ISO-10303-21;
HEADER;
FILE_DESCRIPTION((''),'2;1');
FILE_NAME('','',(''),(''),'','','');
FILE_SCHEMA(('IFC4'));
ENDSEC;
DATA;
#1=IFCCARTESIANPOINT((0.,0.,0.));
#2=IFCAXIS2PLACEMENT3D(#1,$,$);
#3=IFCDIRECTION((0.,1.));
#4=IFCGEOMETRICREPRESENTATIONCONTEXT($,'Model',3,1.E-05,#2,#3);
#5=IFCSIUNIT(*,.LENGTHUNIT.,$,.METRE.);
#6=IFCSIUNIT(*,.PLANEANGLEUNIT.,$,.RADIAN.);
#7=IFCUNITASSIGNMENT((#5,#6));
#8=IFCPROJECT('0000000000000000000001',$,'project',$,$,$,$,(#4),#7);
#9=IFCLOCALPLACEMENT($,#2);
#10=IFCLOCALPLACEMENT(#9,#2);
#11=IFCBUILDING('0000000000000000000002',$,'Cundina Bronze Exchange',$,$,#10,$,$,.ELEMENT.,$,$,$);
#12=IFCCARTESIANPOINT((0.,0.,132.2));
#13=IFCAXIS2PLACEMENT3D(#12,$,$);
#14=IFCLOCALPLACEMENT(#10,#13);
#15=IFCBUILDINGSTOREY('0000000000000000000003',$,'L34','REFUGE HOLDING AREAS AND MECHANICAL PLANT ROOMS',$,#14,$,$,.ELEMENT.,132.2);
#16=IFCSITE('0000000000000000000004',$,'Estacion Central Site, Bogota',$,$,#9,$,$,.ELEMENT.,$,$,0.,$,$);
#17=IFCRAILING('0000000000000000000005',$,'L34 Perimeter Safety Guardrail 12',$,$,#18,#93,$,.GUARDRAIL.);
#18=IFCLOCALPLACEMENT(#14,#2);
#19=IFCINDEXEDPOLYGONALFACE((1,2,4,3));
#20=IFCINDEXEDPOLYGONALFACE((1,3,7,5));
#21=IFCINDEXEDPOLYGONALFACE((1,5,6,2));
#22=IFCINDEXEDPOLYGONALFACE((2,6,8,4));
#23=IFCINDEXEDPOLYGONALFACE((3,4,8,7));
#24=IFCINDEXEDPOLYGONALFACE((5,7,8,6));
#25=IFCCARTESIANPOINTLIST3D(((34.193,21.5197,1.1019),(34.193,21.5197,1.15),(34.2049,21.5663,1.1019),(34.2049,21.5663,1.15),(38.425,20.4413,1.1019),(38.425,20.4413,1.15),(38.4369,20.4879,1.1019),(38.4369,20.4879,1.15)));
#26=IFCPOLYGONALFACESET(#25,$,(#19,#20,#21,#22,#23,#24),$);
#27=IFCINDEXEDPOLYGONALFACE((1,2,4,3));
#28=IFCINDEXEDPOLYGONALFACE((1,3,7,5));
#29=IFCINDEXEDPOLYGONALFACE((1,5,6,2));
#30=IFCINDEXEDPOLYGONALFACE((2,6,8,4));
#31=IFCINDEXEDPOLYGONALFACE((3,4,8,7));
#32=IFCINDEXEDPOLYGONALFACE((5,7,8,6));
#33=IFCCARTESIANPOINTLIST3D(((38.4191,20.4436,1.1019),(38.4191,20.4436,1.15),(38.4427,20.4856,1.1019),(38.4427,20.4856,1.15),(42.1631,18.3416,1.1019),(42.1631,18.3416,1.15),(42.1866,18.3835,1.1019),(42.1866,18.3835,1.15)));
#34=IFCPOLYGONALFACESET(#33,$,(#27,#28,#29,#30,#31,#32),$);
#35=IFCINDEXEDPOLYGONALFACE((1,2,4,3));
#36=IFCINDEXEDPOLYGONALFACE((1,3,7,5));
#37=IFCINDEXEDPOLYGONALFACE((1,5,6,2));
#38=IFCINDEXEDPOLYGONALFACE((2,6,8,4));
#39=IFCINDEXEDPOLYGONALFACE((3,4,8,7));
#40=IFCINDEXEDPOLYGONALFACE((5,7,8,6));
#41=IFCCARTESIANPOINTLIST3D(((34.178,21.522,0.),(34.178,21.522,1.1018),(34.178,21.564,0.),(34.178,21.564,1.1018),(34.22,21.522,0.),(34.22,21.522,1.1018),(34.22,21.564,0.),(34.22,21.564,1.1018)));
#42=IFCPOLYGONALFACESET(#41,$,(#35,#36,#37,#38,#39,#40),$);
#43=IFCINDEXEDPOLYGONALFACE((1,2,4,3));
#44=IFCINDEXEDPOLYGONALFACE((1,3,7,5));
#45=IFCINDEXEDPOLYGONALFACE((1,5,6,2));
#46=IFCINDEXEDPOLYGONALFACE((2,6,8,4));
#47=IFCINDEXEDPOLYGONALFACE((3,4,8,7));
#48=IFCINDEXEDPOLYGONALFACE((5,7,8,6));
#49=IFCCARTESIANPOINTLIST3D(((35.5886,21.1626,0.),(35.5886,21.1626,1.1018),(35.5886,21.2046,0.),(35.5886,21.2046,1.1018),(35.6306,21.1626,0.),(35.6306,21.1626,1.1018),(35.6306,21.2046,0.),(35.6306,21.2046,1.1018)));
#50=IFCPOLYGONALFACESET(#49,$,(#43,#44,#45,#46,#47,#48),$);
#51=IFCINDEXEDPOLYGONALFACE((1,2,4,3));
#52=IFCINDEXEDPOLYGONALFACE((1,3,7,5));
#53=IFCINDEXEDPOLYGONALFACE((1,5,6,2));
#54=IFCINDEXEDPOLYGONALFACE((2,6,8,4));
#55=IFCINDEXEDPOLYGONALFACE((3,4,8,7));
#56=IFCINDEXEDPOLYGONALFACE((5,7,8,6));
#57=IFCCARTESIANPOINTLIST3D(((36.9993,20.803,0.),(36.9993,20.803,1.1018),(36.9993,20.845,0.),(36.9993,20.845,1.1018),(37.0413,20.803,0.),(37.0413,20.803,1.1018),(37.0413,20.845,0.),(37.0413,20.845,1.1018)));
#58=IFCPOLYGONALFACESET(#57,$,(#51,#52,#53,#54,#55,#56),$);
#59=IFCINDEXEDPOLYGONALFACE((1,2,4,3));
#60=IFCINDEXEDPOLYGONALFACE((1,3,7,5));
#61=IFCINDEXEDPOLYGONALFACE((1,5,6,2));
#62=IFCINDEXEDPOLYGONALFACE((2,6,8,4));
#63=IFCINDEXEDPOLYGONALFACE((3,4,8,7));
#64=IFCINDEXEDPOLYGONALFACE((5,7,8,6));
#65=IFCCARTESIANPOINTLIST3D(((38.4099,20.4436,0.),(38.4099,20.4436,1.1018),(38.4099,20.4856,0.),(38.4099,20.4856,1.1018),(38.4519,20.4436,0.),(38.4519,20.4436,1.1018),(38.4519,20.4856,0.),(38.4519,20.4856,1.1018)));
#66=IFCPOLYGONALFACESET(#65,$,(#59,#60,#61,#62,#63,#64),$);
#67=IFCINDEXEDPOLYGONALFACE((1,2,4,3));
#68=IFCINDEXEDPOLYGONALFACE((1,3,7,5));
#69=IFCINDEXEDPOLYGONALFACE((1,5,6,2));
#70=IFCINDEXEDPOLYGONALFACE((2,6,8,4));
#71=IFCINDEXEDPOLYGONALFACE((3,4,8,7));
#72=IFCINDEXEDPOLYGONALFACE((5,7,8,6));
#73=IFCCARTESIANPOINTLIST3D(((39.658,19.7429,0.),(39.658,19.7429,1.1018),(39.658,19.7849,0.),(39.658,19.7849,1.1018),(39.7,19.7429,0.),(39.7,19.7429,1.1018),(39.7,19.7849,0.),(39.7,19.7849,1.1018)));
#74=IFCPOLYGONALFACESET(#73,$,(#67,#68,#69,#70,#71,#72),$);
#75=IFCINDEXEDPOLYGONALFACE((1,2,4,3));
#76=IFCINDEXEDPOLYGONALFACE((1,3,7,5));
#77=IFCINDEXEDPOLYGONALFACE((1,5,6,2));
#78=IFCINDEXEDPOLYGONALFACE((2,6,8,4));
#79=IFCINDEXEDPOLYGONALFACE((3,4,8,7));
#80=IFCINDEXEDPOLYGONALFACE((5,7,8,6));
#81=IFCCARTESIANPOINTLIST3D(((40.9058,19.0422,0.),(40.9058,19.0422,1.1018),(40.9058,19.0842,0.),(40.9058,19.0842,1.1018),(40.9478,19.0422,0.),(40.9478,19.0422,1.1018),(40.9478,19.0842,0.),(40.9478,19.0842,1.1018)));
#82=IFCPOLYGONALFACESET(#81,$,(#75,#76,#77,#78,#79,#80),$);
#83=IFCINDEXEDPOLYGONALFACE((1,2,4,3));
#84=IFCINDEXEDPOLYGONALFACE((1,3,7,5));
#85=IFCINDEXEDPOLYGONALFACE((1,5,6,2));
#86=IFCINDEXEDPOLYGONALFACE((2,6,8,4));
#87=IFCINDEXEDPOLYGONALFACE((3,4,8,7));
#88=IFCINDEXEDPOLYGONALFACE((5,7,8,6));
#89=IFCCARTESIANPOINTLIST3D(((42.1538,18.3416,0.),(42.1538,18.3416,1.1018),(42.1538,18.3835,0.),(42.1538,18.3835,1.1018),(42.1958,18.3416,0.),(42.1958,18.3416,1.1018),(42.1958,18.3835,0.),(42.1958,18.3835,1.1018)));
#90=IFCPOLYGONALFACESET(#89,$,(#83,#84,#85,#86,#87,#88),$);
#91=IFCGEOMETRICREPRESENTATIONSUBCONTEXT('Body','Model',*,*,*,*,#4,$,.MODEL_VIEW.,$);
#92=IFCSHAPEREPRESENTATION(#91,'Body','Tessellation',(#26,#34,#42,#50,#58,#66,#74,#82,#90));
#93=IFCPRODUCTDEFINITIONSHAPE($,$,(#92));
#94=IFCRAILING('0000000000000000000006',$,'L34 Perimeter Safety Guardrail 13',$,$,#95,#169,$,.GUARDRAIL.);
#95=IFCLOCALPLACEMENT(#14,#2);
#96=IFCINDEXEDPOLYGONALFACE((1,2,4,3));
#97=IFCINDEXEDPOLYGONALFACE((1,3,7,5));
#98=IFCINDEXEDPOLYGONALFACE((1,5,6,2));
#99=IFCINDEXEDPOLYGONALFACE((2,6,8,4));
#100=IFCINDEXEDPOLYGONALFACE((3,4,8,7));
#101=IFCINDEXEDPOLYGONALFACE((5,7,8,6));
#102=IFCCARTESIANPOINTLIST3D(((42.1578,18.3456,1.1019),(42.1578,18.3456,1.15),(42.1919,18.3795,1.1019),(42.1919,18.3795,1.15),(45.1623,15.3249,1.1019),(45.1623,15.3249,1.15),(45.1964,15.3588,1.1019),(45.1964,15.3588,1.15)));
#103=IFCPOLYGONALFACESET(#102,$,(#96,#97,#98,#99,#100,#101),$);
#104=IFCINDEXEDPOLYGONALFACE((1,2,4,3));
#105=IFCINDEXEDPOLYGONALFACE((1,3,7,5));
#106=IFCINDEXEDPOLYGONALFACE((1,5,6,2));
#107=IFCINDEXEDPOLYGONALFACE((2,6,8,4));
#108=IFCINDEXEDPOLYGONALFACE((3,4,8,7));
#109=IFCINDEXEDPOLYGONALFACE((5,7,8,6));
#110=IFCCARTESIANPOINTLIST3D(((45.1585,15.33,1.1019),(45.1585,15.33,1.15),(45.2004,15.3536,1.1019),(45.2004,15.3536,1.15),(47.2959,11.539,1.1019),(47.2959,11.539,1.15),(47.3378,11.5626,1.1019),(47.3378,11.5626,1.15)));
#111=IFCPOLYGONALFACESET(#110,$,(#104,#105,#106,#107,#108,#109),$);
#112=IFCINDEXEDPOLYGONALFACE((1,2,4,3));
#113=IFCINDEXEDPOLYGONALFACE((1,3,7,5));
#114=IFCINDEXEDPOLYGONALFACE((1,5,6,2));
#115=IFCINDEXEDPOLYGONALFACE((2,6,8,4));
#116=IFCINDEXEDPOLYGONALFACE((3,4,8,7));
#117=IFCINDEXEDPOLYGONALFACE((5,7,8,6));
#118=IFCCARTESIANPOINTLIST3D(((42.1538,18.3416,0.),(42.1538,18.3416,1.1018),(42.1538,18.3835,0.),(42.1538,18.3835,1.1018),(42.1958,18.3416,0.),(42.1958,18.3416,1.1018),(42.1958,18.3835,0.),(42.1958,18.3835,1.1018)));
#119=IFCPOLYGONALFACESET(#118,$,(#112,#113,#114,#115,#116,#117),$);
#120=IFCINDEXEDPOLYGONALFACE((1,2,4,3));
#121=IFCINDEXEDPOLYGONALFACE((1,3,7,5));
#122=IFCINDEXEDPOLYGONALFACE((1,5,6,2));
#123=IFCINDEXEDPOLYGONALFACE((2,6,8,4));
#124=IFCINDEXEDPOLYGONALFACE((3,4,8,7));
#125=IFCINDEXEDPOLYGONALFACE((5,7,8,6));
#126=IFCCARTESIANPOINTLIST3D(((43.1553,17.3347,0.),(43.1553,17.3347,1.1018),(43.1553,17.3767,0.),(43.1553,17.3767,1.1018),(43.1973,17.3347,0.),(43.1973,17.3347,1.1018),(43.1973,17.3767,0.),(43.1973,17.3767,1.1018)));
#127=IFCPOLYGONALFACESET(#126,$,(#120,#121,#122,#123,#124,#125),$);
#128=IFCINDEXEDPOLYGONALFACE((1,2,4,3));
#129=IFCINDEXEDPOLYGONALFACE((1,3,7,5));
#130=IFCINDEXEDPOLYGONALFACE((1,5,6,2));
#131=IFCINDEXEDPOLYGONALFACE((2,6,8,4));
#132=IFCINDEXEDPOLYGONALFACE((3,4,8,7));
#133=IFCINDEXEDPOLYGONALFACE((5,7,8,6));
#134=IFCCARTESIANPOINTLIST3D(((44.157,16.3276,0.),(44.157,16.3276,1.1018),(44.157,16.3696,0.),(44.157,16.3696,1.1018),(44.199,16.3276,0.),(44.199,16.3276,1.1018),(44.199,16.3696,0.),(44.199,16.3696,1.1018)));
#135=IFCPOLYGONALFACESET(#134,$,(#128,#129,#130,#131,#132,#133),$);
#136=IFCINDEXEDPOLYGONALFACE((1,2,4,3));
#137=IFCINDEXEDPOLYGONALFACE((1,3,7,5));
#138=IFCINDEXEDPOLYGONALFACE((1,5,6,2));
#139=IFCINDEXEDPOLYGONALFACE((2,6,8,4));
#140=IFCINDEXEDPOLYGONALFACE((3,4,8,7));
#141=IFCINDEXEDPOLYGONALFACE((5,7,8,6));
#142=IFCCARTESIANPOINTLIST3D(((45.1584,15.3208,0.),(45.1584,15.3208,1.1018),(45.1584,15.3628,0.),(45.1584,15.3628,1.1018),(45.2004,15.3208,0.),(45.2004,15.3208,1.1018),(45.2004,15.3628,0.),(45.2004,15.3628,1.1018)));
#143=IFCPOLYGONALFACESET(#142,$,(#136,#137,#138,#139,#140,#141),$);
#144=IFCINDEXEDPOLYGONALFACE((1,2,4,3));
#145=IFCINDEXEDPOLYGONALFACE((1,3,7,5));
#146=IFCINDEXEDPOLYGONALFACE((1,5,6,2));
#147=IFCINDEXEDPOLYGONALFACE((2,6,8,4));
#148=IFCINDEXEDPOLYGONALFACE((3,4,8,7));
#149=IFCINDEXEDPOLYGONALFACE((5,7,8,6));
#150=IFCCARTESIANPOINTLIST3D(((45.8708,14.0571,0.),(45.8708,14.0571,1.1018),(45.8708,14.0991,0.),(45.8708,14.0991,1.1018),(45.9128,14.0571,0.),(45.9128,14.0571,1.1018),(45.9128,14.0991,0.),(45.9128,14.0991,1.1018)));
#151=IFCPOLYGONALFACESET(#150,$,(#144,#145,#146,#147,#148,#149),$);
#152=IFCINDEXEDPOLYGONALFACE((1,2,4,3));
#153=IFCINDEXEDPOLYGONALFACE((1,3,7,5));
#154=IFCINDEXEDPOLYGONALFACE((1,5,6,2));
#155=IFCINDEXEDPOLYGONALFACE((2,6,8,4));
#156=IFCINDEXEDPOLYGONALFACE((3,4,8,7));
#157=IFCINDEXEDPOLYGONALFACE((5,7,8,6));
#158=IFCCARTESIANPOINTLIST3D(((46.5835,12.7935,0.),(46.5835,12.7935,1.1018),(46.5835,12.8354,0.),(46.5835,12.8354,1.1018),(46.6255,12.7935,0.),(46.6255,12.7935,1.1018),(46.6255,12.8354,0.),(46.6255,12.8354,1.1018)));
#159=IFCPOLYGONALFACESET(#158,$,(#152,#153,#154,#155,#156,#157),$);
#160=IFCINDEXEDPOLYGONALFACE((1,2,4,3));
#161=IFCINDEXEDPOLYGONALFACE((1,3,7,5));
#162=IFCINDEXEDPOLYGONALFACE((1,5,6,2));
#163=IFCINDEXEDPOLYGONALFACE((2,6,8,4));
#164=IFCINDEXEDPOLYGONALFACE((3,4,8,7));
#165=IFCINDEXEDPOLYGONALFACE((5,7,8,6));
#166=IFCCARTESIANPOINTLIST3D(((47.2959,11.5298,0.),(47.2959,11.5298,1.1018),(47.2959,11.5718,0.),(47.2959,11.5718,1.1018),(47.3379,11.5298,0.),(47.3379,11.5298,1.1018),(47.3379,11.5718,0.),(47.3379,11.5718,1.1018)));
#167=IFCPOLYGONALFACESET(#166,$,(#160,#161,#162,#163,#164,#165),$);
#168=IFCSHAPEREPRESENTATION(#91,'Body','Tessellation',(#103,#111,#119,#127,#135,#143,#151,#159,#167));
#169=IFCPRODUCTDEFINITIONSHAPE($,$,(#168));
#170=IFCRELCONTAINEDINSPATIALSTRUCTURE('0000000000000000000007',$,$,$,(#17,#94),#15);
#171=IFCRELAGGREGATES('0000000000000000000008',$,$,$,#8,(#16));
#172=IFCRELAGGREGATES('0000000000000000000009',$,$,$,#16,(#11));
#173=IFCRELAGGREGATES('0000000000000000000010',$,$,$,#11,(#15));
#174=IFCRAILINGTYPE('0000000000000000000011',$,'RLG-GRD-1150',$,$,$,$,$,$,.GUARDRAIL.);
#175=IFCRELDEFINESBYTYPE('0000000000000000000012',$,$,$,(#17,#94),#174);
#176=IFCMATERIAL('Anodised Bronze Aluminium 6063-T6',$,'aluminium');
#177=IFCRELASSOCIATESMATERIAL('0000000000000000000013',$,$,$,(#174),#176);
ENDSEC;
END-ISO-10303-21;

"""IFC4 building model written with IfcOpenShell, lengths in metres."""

from ifc_helpers import new_model, si_unit, direction, frame, origin, origin_2d, place, context, subcontext, project, spatial, rectangle, extrude, material, type_object, element, save


model = new_model("IFC4")

# Units and contexts
model_context = context("Model", 3, precision=1e-05, world=origin(), true_north=direction((0.0, 1.0)))
body_context = subcontext(model_context, "Body", "Model", "MODEL_VIEW")
ifc_project = project(units=[si_unit("LENGTHUNIT", "METRE"), si_unit("PLANEANGLEUNIT", "RADIAN")], contexts=[model_context])

# Site, building, storey
site_placement = place(None, origin())
site = spatial("IfcSite", under=ifc_project, at=site_placement, Name="Estacion Central Site, Bogota", CompositionType="ELEMENT", RefElevation=0.0)
building_placement = place(site_placement, origin())
building = spatial("IfcBuilding", under=site, at=building_placement, Name="Cundina Bronze Exchange", CompositionType="ELEMENT")
storey_placement = place(building_placement, frame((0.0, 0.0, 132.2)))
storey = spatial("IfcBuildingStorey", under=building, at=storey_placement, Name="L34", Description="REFUGE HOLDING AREAS AND MECHANICAL PLANT ROOMS", CompositionType="ELEMENT", Elevation=132.2)

# Railings
ifc_material_1 = material(Name="Anodised Bronze Aluminium 6063-T6", Category="aluminium")
railing_type = type_object("IfcRailingType", Name="RLG-GRD-1150", PredefinedType="GUARDRAIL", material=ifc_material_1)
railing_1_placement = place(storey_placement, frame((34.199, 21.543, 0.0)))
element("IfcRailing", 1, at=railing_1_placement, inside=storey, type_object=railing_type, Name="L34 Perimeter Safety Guardrail 12", PredefinedType="GUARDRAIL", context=body_context, shape_type="SweptSolid", body=[
    extrude(rectangle(XDim=0.0481, YDim=0.0481, at=origin_2d()), frame((0.0, 0.0, 1.126), z_axis=(0.969034, -0.246927, 0.0), x_axis=(0.246927, 0.969034, 0.0)), (0.0, 0.0, 1.0), 4.3672),
    extrude(rectangle(XDim=0.0481, YDim=0.0481, at=origin_2d()), frame((4.2319, -1.0784, 1.126), z_axis=(0.871962, -0.489573, 0.0), x_axis=(0.489573, 0.871962, 0.0)), (0.0, 0.0, 1.0), 4.2937),
    extrude(rectangle(XDim=0.042, YDim=0.042, at=origin_2d()), origin(), (0.0, 0.0, 1.0), 1.1018),
    extrude(rectangle(XDim=0.042, YDim=0.042, at=origin_2d()), frame((1.4106, -0.3594, 0.0)), (0.0, 0.0, 1.0), 1.1018),
    extrude(rectangle(XDim=0.042, YDim=0.042, at=origin_2d()), frame((2.8213, -0.719, 0.0)), (0.0, 0.0, 1.0), 1.1018),
    extrude(rectangle(XDim=0.042, YDim=0.042, at=origin_2d()), frame((4.2319, -1.0784, 0.0)), (0.0, 0.0, 1.0), 1.1018),
    extrude(rectangle(XDim=0.042, YDim=0.042, at=origin_2d()), frame((5.48, -1.7791, 0.0)), (0.0, 0.0, 1.0), 1.1018),
    extrude(rectangle(XDim=0.042, YDim=0.042, at=origin_2d()), frame((6.7278, -2.4797, 0.0)), (0.0, 0.0, 1.0), 1.1018),
    extrude(rectangle(XDim=0.042, YDim=0.042, at=origin_2d()), frame((7.9758, -3.1804, 0.0)), (0.0, 0.0, 1.0), 1.1018),
])
railing_2_placement = place(storey_placement, frame((42.1748, 18.3625, 0.0)))
element("IfcRailing", 2, at=railing_2_placement, inside=storey, type_object=railing_type, Name="L34 Perimeter Safety Guardrail 13", PredefinedType="GUARDRAIL", context=body_context, shape_type="SweptSolid", body=[
    extrude(rectangle(XDim=0.0481, YDim=0.0481, at=origin_2d()), frame((0.0, 0.0, 1.126), z_axis=(0.705213, -0.708995, 0.0), x_axis=(0.708995, 0.705213, 0.0)), (0.0, 0.0, 1.0), 4.2605),
    extrude(rectangle(XDim=0.0481, YDim=0.0481, at=origin_2d()), frame((3.0046, -3.0208, 1.126), z_axis=(0.491135, -0.871084, 0.0), x_axis=(0.871084, 0.491135, 0.0)), (0.0, 0.0, 1.0), 4.3521),
    extrude(rectangle(XDim=0.042, YDim=0.042, at=origin_2d()), origin(), (0.0, 0.0, 1.0), 1.1018),
    extrude(rectangle(XDim=0.042, YDim=0.042, at=origin_2d()), frame((1.0015, -1.0068, 0.0)), (0.0, 0.0, 1.0), 1.1018),
    extrude(rectangle(XDim=0.042, YDim=0.042, at=origin_2d()), frame((2.0032, -2.0139, 0.0)), (0.0, 0.0, 1.0), 1.1018),
    extrude(rectangle(XDim=0.042, YDim=0.042, at=origin_2d()), frame((3.0046, -3.0208, 0.0)), (0.0, 0.0, 1.0), 1.1018),
    extrude(rectangle(XDim=0.042, YDim=0.042, at=origin_2d()), frame((3.717, -4.2844, 0.0)), (0.0, 0.0, 1.0), 1.1018),
    extrude(rectangle(XDim=0.042, YDim=0.042, at=origin_2d()), frame((4.4297, -5.5481, 0.0)), (0.0, 0.0, 1.0), 1.1018),
    extrude(rectangle(XDim=0.042, YDim=0.042, at=origin_2d()), frame((5.1421, -6.8118, 0.0)), (0.0, 0.0, 1.0), 1.1018),
])

save(model, "model.ifc")
